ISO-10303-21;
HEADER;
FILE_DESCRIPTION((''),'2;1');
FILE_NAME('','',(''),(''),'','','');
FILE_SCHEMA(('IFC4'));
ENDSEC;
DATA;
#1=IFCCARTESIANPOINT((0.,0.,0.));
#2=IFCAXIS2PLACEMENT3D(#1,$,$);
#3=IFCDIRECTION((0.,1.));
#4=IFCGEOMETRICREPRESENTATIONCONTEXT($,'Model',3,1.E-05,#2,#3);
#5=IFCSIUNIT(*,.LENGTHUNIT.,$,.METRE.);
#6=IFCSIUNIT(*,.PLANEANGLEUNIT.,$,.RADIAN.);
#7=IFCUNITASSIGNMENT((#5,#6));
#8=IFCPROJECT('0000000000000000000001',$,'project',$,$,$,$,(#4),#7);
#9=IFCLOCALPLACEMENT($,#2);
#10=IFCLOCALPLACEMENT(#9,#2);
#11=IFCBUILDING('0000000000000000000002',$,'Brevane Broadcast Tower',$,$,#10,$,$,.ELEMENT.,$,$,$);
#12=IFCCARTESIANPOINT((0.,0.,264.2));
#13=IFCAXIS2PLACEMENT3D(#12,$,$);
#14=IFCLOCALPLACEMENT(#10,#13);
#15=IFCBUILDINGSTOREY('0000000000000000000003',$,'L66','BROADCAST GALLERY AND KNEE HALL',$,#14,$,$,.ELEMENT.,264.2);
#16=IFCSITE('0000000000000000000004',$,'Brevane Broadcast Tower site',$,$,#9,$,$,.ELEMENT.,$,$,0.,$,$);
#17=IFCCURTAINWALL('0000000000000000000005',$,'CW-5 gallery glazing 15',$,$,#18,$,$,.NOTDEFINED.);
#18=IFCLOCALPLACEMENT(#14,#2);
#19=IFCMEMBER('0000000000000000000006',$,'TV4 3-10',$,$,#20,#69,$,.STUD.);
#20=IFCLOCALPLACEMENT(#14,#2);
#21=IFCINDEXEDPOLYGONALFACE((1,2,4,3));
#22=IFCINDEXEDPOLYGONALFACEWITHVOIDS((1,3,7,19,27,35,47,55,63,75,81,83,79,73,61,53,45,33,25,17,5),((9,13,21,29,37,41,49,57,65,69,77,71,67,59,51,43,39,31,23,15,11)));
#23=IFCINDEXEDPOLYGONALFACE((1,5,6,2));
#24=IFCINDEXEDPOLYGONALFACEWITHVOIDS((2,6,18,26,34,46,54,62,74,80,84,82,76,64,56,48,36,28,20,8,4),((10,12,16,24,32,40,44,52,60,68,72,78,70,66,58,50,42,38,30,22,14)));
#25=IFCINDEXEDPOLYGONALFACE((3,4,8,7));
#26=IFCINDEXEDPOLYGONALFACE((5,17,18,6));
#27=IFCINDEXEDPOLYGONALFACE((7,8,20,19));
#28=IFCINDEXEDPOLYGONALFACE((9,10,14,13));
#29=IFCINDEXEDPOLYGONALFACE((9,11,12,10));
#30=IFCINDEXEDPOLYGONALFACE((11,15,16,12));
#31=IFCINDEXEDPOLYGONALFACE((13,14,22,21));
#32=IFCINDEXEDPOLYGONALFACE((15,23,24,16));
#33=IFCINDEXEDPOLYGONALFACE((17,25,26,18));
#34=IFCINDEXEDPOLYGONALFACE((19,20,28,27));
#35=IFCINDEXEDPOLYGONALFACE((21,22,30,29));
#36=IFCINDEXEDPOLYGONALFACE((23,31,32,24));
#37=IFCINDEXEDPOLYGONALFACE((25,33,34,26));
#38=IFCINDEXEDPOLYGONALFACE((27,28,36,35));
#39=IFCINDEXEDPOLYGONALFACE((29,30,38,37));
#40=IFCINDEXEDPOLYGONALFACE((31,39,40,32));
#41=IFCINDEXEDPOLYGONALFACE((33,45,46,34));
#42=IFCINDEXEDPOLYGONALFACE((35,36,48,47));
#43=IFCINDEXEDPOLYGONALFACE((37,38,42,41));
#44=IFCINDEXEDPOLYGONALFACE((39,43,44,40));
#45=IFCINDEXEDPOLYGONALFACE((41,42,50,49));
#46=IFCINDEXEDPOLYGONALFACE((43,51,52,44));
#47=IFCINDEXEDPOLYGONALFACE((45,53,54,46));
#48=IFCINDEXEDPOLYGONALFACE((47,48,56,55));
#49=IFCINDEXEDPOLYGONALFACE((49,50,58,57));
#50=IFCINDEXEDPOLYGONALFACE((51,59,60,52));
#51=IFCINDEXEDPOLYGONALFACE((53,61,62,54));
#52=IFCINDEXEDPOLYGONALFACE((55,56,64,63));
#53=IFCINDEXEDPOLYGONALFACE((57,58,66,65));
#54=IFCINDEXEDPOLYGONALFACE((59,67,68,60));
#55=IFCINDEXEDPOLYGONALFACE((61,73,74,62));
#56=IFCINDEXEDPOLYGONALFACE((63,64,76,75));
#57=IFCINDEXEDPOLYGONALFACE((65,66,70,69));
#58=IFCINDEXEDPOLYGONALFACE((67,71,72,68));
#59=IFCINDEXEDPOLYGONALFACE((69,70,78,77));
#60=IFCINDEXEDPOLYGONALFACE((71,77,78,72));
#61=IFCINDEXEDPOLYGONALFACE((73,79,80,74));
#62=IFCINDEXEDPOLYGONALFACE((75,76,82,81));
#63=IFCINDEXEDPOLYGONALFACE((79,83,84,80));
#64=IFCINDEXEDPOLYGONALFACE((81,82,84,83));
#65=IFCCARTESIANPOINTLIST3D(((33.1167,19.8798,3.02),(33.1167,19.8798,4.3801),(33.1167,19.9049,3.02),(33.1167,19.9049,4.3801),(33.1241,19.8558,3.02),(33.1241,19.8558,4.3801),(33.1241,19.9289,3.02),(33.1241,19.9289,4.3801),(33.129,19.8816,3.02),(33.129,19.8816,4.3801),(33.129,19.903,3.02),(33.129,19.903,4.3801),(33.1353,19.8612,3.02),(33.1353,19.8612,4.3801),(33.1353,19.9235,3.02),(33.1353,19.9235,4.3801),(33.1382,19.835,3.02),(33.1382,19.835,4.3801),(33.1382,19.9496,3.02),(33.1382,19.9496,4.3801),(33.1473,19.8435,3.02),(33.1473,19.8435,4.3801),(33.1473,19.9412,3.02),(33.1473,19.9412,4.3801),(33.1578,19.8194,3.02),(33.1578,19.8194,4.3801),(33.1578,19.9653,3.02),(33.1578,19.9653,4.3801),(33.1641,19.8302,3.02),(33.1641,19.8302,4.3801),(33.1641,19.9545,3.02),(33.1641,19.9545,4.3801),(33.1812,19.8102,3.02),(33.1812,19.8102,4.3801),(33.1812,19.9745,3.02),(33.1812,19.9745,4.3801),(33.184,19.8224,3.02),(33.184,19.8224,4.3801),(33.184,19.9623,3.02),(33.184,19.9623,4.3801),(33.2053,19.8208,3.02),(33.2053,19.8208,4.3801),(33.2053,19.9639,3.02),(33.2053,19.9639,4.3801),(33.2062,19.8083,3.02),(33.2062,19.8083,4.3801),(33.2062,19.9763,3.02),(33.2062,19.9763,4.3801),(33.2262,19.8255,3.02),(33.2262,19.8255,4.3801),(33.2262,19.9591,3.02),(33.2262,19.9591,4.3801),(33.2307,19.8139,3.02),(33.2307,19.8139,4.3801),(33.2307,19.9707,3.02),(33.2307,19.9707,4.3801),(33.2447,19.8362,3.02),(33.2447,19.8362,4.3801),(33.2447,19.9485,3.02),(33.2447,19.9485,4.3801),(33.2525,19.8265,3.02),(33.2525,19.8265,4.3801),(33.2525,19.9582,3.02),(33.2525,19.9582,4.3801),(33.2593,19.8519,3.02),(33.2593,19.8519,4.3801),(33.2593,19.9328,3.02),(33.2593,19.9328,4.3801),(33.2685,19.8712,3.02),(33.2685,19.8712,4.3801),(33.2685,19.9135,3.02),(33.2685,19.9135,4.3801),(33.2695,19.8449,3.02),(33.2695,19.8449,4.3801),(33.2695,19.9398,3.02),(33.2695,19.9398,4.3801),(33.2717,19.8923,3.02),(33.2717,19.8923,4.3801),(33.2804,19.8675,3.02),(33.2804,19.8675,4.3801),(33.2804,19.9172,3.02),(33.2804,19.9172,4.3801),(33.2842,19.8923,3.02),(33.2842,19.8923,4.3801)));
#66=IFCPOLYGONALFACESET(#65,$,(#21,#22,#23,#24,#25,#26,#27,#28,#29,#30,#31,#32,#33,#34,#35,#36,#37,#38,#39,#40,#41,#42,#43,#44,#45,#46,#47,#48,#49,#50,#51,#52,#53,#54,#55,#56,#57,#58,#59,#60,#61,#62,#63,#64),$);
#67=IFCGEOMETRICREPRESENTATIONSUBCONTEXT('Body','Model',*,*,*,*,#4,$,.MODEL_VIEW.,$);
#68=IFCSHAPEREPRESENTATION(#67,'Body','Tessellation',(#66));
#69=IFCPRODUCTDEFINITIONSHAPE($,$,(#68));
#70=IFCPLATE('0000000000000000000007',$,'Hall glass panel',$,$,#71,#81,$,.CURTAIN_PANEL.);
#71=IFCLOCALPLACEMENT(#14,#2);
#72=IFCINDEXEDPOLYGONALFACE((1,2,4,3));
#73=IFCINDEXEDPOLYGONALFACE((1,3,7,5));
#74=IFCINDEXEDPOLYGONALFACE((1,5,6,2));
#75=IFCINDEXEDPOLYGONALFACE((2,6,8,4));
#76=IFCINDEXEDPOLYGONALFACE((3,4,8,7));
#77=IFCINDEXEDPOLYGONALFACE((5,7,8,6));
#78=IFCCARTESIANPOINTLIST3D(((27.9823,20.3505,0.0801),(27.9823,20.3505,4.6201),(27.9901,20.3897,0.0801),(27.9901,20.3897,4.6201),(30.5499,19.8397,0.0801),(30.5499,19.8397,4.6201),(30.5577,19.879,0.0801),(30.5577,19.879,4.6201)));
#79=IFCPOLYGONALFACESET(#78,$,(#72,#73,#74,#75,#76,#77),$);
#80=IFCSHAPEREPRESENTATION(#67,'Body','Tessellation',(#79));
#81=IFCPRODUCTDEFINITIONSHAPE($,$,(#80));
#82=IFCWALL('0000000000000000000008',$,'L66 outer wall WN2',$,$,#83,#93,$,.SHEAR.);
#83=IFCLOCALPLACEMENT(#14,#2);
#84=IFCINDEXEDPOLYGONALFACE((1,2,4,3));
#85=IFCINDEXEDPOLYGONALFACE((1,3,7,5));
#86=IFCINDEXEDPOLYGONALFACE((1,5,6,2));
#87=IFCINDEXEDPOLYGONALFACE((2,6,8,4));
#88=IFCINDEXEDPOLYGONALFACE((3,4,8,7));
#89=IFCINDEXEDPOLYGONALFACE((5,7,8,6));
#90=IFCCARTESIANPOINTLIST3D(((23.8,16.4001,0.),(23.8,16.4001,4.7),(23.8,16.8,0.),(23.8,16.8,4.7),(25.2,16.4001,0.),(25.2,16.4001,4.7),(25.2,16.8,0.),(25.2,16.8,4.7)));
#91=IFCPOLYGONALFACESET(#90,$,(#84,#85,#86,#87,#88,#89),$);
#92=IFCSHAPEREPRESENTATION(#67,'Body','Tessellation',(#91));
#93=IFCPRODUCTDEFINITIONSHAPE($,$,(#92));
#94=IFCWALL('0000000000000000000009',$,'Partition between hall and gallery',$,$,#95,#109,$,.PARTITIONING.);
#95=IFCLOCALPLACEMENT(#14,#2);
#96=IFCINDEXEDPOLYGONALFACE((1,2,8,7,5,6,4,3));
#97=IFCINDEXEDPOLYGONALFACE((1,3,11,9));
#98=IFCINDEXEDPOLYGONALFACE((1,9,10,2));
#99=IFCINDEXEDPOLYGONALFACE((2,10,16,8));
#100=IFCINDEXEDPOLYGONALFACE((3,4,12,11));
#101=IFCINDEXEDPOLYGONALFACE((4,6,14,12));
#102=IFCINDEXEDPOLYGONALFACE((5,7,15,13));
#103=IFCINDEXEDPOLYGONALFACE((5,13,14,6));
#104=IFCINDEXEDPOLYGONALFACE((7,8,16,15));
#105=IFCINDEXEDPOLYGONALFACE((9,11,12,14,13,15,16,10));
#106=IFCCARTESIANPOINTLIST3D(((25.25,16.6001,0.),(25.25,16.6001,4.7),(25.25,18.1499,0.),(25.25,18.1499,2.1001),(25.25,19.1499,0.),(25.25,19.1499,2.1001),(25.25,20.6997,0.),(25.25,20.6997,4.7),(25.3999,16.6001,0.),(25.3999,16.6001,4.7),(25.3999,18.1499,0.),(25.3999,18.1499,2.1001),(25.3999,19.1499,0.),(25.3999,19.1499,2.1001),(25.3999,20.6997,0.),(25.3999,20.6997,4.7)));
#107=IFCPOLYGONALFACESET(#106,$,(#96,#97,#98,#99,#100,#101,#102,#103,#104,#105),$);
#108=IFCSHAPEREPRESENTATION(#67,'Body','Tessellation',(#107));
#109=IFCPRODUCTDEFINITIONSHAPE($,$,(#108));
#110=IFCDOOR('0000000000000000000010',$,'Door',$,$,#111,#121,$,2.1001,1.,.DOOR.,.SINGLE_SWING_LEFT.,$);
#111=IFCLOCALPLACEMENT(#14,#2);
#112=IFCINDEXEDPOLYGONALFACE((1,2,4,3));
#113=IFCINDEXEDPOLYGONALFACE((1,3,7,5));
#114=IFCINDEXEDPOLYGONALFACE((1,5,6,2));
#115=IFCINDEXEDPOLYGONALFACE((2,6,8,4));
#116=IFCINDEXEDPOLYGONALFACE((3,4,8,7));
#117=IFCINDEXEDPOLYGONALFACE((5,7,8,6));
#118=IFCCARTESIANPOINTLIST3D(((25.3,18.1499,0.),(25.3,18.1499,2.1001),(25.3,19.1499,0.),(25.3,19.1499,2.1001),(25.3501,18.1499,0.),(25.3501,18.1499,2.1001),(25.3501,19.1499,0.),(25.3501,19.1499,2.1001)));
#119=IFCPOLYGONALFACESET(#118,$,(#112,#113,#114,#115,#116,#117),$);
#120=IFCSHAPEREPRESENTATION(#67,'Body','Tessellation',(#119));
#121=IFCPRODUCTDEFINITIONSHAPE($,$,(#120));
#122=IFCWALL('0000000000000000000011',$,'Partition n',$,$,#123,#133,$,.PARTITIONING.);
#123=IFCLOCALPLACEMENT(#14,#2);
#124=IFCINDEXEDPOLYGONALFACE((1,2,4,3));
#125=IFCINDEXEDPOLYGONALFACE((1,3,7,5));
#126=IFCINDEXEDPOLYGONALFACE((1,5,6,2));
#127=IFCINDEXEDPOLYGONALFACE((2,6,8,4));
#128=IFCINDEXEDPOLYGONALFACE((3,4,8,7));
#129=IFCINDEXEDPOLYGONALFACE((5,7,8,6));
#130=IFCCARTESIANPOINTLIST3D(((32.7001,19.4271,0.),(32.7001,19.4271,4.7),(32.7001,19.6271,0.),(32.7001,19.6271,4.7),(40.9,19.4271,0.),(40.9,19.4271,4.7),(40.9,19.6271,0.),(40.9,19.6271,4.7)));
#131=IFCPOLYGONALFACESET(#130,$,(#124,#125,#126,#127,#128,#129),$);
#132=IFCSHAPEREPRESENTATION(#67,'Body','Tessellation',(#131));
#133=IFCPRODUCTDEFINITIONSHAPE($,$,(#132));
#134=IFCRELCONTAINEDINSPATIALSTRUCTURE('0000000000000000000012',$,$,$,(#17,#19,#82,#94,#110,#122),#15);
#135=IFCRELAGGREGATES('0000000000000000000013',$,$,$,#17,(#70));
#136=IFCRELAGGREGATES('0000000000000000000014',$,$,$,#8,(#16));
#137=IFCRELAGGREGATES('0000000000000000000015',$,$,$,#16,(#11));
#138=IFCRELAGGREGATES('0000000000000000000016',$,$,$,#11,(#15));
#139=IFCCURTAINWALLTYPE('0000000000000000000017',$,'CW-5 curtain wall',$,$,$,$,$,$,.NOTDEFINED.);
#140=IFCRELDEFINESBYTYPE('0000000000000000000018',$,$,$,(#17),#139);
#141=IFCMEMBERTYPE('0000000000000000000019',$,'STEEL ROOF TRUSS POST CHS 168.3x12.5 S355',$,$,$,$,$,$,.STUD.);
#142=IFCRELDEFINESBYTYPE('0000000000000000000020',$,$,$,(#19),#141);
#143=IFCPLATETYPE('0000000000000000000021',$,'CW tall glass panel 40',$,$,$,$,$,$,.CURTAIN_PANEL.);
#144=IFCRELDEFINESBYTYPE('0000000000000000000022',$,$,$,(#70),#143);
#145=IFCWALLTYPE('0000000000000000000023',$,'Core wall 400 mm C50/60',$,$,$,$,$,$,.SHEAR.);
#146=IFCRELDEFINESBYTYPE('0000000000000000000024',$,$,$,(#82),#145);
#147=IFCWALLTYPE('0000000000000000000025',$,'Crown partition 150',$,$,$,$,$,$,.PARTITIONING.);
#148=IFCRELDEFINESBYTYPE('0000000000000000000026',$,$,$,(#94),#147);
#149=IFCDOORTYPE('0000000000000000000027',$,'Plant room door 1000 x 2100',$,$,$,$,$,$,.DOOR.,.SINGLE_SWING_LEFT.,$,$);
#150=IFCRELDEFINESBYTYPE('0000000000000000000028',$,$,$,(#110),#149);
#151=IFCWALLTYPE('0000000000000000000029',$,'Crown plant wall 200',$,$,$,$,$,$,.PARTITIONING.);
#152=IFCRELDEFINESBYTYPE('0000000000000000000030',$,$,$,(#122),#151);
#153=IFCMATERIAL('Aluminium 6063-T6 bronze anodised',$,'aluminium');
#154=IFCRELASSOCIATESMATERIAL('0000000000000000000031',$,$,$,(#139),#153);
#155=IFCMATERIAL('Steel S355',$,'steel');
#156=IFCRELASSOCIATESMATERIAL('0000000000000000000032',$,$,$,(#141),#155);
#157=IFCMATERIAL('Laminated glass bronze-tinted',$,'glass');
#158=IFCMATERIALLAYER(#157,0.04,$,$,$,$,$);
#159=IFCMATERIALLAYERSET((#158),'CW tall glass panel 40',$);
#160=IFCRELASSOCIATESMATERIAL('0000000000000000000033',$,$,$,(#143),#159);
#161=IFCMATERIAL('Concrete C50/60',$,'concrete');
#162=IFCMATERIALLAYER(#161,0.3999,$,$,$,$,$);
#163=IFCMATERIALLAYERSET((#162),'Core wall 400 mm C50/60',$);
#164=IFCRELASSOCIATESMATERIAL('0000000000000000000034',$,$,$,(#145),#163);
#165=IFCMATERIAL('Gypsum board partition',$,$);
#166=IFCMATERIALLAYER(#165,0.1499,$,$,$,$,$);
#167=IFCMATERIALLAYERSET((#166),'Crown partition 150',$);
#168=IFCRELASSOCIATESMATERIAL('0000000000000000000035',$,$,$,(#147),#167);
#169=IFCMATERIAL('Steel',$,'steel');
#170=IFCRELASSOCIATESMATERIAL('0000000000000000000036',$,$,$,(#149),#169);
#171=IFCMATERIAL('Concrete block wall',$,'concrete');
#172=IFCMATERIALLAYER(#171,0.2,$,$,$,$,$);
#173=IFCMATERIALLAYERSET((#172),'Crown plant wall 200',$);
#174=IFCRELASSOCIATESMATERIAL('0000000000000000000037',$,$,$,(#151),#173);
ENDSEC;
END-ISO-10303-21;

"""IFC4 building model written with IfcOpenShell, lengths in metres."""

from ifc_helpers import new_model, si_unit, direction, frame, frame_2d, origin, origin_2d, place, context, subcontext, project, spatial, rectangle, hollow_circle, extrude, material, layer, layer_set, material_profile, profile_set, type_object, element, fill, aggregate, save


model = new_model("IFC4")

# Units and contexts
model_context = context("Model", 3, precision=1e-05, world=origin(), true_north=direction((0.0, 1.0)))
body_context = subcontext(model_context, "Body", "Model", "MODEL_VIEW")
ifc_project = project(units=[si_unit("LENGTHUNIT", "METRE"), si_unit("PLANEANGLEUNIT", "RADIAN")], contexts=[model_context])

# Site, building, storey
site_placement = place(None, origin())
site = spatial("IfcSite", under=ifc_project, at=site_placement, Name="Brevane Broadcast Tower site", CompositionType="ELEMENT", RefElevation=0.0)
building_placement = place(site_placement, origin())
building = spatial("IfcBuilding", under=site, at=building_placement, Name="Brevane Broadcast Tower", CompositionType="ELEMENT")
storey_placement = place(building_placement, frame((0.0, 0.0, 264.2)))
storey = spatial("IfcBuildingStorey", under=building, at=storey_placement, Name="L66", Description="BROADCAST GALLERY AND KNEE HALL", CompositionType="ELEMENT", Elevation=264.2)

# Shared definitions
ifc_material_1 = material(Name="Steel S355", Category="steel")

# Shared definitions
ifc_material_2 = material(Name="Aluminium 6063-T6 bronze anodised", Category="aluminium")
curtain_wall_type = type_object("IfcCurtainWallType", Name="CW-5 curtain wall", PredefinedType="NOTDEFINED", material=ifc_material_2)

# Curtain wall
curtain_wall_1_placement = place(storey_placement, origin())
curtain_wall_1 = element("IfcCurtainWall", 1, at=curtain_wall_1_placement, inside=storey, type_object=curtain_wall_type, Name="CW-5 gallery glazing 15", PredefinedType="NOTDEFINED")

# Member
ifc_material_profile_1 = material_profile(ifc_material_1, hollow_circle(Radius=0.0842, WallThickness=0.0125, at=origin_2d()), Name="CHS 168.3x12.5")
ifc_profile_set_1 = profile_set([ifc_material_profile_1], Name="Steel S355")
member_type_1 = type_object("IfcMemberType", Name="STEEL ROOF TRUSS POST CHS 168.3x12.5 S355", PredefinedType="STUD", material=ifc_profile_set_1)
for number, where, z_axis, x_axis, name in (
    (2, (33.2, 19.8923, 3.02), (0.0, 0.0, 1.0), (1.0, 0.0, 0.0), "TV4 3-10"),
):
    element("IfcMember", number, at=place(storey_placement, frame(where, z_axis=z_axis, x_axis=x_axis)), inside=storey, type_object=member_type_1, Name=name, PredefinedType="STUD", context=body_context, shape_type="SweptSolid", body=[
        extrude(hollow_circle(Radius=0.0842, WallThickness=0.0125, at=origin_2d()), origin(), (0.0, 0.0, 1.0), 1.3601),
    ])

# Plate
ifc_material_3 = material(Name="Laminated glass bronze-tinted", Category="glass")
ifc_layer_1 = layer(ifc_material_3, 0.04)
ifc_layer_set_1 = layer_set([ifc_layer_1], Name="CW tall glass panel 40")
plate_type = type_object("IfcPlateType", Name="CW tall glass panel 40", PredefinedType="CURTAIN_PANEL", material=ifc_layer_set_1)
plate_placement = place(storey_placement, frame((29.27, 20.1147, 0.0801), z_axis=(0.0, 0.0, 1.0), x_axis=(-0.980785, 0.19509, 0.0)))
plate = element("IfcPlate", 3, at=plate_placement, type_object=plate_type, Name="Hall glass panel", PredefinedType="CURTAIN_PANEL", context=body_context, shape_type="SweptSolid", body=[
    extrude(rectangle(XDim=2.6179, YDim=0.04, at=origin_2d()), origin(), (0.0, 0.0, 1.0), 4.54),
])
aggregate(curtain_wall_1, [plate])

# Wall
ifc_material_4 = material(Name="Concrete C50/60", Category="concrete")
ifc_layer_2 = layer(ifc_material_4, 0.3999)
ifc_layer_set_2 = layer_set([ifc_layer_2], Name="Core wall 400 mm C50/60")
wall_type_1 = type_object("IfcWallType", Name="Core wall 400 mm C50/60", PredefinedType="SHEAR", material=ifc_layer_set_2)
wall_1_placement = place(storey_placement, frame((23.8, 16.6001, 0.0), z_axis=(0.0, 0.0, 1.0), x_axis=(1.0, 0.0, 0.0)))
element("IfcWall", 4, at=wall_1_placement, inside=storey, type_object=wall_type_1, Name="L66 outer wall WN2", PredefinedType="SHEAR", context=body_context, shape_type="SweptSolid", body=[
    extrude(rectangle(XDim=1.3999, YDim=0.3999, at=frame_2d((0.7, 0.0))), origin(), (0.0, 0.0, 1.0), 4.7),
])

# Wall, opening, door
ifc_material_5 = material(Name="Gypsum board partition")
ifc_layer_3 = layer(ifc_material_5, 0.1499)
ifc_layer_set_3 = layer_set([ifc_layer_3], Name="Crown partition 150")
wall_type_2 = type_object("IfcWallType", Name="Crown partition 150", PredefinedType="PARTITIONING", material=ifc_layer_set_3)
wall_2_placement = place(storey_placement, frame((25.325, 16.6001, 0.0), z_axis=(0.0, 0.0, 1.0), x_axis=(0.0, 1.0, 0.0)))
wall_2 = element("IfcWall", 5, at=wall_2_placement, inside=storey, type_object=wall_type_2, Name="Partition between hall and gallery", PredefinedType="PARTITIONING", context=body_context, shape_type="SweptSolid", body=[
    extrude(rectangle(XDim=4.0996, YDim=0.1499, at=frame_2d((2.0498, 0.0))), origin(), (0.0, 0.0, 1.0), 4.7),
])
opening_placement = place(wall_2_placement, frame((1.5498, 0.0, 0.0)))
opening = element("IfcOpeningElement", 6, at=opening_placement, cuts=wall_2, PredefinedType="OPENING", context=body_context, shape_type="SweptSolid", body=[
    extrude(rectangle(XDim=1.0, YDim=2.1001, at=frame_2d((0.5, 1.05))), frame((0.0, 0.085, 0.0), z_axis=(0.0, -1.0, 0.0), x_axis=(1.0, 0.0, 0.0)), (0.0, 0.0, 1.0), 0.1699),
])
ifc_material_6 = material(Name="Steel", Category="steel")
door_type = type_object("IfcDoorType", Name="Plant room door 1000 x 2100", OperationType="SINGLE_SWING_LEFT", PredefinedType="DOOR", material=ifc_material_6)
door_placement = place(opening_placement, origin())
door = element("IfcDoor", 7, at=door_placement, inside=storey, type_object=door_type, Name="Door", OperationType="SINGLE_SWING_LEFT", OverallHeight=2.1001, OverallWidth=1.0, PredefinedType="DOOR", context=body_context, shape_type="SweptSolid", body=[
    extrude(rectangle(XDim=1.0, YDim=2.1001, at=frame_2d((0.5, 1.05))), frame((0.0, 0.0249, 0.0), z_axis=(0.0, -1.0, 0.0), x_axis=(1.0, 0.0, 0.0)), (0.0, 0.0, 1.0), 0.05),
])
fill(opening, door)

# Wall
ifc_material_7 = material(Name="Concrete block wall", Category="concrete")
ifc_layer_4 = layer(ifc_material_7, 0.2)
ifc_layer_set_4 = layer_set([ifc_layer_4], Name="Crown plant wall 200")
wall_type_3 = type_object("IfcWallType", Name="Crown plant wall 200", PredefinedType="PARTITIONING", material=ifc_layer_set_4)
wall_3_placement = place(storey_placement, frame((32.7, 19.5271, 0.0), z_axis=(0.0, 0.0, 1.0), x_axis=(1.0, 0.0, 0.0)))
element("IfcWall", 8, at=wall_3_placement, inside=storey, type_object=wall_type_3, Name="Partition n", PredefinedType="PARTITIONING", context=body_context, shape_type="SweptSolid", body=[
    extrude(rectangle(XDim=8.2, YDim=0.2, at=frame_2d((4.1001, 0.0))), origin(), (0.0, 0.0, 1.0), 4.7),
])

save(model, "model.ifc")
